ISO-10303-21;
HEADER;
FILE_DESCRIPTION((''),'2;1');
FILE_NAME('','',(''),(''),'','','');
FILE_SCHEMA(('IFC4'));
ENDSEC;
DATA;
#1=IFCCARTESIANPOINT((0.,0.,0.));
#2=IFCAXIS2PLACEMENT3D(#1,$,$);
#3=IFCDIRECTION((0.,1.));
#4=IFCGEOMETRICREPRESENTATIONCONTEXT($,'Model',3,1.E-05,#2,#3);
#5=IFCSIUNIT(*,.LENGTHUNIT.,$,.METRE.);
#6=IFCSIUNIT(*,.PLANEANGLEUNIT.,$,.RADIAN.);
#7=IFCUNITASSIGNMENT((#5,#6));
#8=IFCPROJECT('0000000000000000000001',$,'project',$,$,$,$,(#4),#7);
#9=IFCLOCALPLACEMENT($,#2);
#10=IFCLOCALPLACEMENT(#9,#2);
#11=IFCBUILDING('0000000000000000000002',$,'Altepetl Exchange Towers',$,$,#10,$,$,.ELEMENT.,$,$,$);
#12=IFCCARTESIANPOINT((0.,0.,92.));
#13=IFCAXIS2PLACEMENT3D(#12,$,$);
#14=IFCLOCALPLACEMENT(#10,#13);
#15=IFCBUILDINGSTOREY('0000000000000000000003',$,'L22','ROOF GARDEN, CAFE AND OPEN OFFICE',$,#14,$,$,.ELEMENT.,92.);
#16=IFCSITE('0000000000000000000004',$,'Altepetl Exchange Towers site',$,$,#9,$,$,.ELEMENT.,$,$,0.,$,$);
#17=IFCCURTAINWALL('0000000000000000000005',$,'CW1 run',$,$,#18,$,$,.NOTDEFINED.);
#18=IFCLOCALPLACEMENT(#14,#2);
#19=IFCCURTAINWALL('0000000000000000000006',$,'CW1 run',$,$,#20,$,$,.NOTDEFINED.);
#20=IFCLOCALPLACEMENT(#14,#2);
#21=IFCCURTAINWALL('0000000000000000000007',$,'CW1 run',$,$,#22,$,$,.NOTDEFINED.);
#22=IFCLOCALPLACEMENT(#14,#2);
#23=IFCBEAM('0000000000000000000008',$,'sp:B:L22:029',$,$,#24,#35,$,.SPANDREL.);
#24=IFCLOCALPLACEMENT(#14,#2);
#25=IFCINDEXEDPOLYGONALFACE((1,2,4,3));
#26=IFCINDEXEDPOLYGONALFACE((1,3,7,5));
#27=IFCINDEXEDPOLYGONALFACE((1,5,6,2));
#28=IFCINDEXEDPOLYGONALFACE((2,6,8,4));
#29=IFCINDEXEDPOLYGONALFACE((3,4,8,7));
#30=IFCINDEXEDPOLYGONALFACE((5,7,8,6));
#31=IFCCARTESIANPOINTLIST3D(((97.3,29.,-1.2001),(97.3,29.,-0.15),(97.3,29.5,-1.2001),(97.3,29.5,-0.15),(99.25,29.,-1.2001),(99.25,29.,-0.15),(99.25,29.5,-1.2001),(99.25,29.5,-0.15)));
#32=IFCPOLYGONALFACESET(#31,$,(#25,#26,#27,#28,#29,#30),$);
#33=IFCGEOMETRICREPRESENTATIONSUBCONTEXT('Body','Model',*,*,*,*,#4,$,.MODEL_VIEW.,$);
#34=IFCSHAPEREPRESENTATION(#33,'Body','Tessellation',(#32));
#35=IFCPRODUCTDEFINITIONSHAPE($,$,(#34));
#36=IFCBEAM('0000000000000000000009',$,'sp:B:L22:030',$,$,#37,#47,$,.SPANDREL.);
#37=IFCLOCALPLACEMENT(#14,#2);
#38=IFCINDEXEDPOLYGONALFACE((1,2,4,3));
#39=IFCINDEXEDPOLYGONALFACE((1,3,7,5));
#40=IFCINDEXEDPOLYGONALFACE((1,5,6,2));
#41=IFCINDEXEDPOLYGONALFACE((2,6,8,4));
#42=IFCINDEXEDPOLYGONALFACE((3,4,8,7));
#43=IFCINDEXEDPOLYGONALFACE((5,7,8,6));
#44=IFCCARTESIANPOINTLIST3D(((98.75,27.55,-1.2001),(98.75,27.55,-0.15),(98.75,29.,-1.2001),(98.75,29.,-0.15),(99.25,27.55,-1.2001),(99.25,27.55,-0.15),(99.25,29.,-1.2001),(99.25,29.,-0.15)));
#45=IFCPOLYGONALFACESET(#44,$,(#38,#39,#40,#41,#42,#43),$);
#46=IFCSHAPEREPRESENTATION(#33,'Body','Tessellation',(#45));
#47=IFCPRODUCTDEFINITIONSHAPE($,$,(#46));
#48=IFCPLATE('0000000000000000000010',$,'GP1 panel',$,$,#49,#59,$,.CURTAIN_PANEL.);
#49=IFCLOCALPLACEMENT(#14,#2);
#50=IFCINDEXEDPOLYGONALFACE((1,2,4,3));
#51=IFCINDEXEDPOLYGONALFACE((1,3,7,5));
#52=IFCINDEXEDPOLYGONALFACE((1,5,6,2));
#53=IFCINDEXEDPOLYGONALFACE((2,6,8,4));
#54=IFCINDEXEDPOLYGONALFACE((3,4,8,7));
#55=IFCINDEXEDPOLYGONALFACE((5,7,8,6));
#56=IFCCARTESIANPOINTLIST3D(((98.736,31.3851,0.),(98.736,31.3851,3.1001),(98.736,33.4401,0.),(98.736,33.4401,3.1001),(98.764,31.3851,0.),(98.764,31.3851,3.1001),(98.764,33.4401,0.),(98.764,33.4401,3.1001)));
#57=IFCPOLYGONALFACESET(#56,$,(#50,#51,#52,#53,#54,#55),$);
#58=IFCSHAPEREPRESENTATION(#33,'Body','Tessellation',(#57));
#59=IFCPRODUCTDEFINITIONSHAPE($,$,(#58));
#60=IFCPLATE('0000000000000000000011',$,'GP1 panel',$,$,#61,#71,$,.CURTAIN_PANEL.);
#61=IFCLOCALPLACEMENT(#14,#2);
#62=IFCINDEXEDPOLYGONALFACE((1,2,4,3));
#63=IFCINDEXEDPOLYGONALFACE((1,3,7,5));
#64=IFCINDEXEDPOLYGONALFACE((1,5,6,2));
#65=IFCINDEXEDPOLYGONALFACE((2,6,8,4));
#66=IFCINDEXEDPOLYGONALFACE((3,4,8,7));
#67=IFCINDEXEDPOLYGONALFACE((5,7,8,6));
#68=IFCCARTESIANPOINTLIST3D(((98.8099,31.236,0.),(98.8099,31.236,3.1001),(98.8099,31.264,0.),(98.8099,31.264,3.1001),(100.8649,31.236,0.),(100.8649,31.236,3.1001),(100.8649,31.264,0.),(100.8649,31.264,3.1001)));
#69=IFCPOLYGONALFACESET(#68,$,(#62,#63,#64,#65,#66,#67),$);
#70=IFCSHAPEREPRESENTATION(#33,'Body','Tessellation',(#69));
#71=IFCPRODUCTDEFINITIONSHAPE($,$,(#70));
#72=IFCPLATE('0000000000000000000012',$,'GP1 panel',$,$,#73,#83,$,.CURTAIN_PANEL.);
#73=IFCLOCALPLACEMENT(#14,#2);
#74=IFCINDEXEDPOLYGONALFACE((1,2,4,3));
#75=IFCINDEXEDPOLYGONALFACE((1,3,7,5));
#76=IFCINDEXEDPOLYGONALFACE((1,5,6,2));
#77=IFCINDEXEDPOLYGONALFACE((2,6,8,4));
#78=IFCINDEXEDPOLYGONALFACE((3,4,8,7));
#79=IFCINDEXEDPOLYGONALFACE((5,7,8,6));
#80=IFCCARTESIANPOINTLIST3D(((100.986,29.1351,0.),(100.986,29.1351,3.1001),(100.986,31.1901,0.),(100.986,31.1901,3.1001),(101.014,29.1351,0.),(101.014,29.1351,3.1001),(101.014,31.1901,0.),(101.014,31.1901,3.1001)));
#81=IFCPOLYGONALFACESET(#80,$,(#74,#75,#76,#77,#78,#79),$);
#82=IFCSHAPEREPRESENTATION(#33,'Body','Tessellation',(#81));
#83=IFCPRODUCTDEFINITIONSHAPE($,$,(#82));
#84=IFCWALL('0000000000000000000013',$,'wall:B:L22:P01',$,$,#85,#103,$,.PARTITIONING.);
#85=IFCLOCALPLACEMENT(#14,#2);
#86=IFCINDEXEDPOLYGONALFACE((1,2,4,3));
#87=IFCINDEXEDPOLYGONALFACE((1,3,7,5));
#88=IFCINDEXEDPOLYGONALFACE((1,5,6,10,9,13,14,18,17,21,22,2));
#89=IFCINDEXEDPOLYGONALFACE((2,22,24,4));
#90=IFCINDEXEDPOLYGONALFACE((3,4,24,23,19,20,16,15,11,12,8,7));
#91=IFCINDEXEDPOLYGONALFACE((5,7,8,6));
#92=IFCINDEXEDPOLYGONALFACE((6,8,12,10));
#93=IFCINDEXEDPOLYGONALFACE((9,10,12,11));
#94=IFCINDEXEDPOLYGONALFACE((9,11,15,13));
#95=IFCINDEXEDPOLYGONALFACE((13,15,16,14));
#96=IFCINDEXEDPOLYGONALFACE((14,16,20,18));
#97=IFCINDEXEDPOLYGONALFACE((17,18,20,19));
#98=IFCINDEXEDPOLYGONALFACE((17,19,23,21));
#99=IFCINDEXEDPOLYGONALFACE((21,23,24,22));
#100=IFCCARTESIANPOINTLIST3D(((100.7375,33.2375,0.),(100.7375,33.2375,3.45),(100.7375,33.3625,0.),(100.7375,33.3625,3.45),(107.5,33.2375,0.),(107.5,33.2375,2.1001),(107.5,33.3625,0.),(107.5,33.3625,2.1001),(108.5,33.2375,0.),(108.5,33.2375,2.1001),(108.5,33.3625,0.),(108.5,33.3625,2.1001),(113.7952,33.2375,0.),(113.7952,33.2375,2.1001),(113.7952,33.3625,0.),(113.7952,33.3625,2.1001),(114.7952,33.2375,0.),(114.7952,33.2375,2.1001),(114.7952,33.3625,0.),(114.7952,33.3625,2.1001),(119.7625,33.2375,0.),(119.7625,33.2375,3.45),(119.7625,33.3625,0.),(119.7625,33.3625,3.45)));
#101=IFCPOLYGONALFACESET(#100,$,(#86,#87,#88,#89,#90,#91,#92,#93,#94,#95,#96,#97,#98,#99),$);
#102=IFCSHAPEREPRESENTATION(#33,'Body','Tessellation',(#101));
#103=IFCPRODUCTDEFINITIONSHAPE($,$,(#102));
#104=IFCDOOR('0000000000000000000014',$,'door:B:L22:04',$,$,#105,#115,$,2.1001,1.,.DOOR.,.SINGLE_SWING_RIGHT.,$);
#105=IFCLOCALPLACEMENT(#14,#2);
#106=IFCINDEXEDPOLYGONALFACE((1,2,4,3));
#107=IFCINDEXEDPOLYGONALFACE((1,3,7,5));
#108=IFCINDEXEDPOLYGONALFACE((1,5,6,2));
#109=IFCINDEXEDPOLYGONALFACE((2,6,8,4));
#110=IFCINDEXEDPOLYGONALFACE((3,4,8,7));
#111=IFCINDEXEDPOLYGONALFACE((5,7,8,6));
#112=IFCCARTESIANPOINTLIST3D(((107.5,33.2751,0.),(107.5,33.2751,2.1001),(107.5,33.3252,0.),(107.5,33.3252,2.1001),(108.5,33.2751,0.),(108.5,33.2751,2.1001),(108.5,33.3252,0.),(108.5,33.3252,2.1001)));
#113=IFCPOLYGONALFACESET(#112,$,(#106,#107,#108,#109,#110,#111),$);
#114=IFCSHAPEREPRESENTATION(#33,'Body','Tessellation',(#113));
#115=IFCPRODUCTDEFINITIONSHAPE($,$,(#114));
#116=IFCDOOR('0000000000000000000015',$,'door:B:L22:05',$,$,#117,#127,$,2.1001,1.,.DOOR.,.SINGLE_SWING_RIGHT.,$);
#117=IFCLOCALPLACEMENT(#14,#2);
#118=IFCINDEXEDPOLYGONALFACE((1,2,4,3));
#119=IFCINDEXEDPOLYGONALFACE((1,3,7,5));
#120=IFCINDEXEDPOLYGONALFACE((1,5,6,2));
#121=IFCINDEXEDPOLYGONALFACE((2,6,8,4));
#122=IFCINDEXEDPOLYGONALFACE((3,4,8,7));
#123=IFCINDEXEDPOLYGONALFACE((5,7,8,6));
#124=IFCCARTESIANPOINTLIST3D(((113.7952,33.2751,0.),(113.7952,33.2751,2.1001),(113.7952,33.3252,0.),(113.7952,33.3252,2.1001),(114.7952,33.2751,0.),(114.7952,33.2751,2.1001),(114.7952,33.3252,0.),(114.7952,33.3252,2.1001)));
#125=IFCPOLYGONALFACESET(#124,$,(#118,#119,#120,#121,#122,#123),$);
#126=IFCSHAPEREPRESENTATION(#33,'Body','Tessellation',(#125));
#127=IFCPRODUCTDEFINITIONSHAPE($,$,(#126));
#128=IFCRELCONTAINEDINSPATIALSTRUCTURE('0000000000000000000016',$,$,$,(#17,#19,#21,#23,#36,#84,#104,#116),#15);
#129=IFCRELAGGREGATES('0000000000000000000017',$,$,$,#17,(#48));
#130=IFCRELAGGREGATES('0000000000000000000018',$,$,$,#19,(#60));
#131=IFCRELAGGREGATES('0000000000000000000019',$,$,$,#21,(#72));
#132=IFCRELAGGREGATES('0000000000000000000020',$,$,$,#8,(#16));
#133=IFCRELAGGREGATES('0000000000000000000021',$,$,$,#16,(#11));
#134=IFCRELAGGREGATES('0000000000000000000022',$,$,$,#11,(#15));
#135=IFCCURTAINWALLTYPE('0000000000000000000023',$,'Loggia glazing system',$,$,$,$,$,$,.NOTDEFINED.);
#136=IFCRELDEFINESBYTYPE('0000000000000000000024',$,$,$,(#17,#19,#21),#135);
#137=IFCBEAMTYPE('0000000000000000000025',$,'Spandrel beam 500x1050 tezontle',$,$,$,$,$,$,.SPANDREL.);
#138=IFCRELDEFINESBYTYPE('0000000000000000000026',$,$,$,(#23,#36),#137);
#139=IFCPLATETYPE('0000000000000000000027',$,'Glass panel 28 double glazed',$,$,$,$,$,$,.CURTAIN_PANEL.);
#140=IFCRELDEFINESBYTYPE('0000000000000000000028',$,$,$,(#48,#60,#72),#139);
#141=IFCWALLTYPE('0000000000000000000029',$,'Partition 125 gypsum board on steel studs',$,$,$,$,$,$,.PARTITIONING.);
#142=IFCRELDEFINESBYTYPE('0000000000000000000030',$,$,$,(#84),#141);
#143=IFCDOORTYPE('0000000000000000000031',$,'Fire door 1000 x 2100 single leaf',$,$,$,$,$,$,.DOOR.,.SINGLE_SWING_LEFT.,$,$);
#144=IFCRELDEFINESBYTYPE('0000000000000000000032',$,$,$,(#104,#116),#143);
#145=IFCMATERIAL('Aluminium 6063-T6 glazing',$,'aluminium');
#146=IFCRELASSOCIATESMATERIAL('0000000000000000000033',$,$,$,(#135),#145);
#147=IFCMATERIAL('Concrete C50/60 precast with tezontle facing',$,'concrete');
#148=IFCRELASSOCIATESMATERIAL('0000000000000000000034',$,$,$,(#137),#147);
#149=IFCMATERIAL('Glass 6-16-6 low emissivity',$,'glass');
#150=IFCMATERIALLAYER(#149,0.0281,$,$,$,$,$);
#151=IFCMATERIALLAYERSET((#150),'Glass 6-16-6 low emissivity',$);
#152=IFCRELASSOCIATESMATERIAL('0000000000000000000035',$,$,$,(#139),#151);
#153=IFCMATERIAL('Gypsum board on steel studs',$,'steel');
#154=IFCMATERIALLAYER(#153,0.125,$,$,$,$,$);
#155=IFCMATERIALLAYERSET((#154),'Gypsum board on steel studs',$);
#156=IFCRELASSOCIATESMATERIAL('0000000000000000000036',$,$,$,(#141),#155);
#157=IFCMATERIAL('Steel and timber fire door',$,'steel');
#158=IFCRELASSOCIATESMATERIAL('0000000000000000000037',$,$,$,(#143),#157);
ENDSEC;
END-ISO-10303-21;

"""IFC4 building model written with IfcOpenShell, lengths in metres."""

from ifc_helpers import new_model, si_unit, direction, frame, frame_2d, origin, origin_2d, place, context, subcontext, project, spatial, rectangle, extrude, material, layer, layer_set, material_profile, profile_set, type_object, element, fill, aggregate, save


model = new_model("IFC4")

# Units and contexts
model_context = context("Model", 3, precision=1e-05, world=origin(), true_north=direction((0.0, 1.0)))
body_context = subcontext(model_context, "Body", "Model", "MODEL_VIEW")
ifc_project = project(units=[si_unit("LENGTHUNIT", "METRE"), si_unit("PLANEANGLEUNIT", "RADIAN")], contexts=[model_context])

# Site, building, storey
site_placement = place(None, origin())
site = spatial("IfcSite", under=ifc_project, at=site_placement, Name="Altepetl Exchange Towers site", CompositionType="ELEMENT", RefElevation=0.0)
building_placement = place(site_placement, origin())
building = spatial("IfcBuilding", under=site, at=building_placement, Name="Altepetl Exchange Towers", CompositionType="ELEMENT")
storey_placement = place(building_placement, frame((0.0, 0.0, 92.0)))
storey = spatial("IfcBuildingStorey", under=building, at=storey_placement, Name="L22", Description="ROOF GARDEN, CAFE AND OPEN OFFICE", CompositionType="ELEMENT", Elevation=92.0)

# Curtain wall
ifc_material_1 = material(Name="Aluminium 6063-T6 glazing", Category="aluminium")
curtain_wall_type = type_object("IfcCurtainWallType", Name="Loggia glazing system", PredefinedType="NOTDEFINED", material=ifc_material_1)
curtain_wall_1_placement = place(storey_placement, origin())
curtain_wall_1 = element("IfcCurtainWall", 1, at=curtain_wall_1_placement, inside=storey, type_object=curtain_wall_type, Name="CW1 run", PredefinedType="NOTDEFINED")

# Curtain walls
curtain_wall_2_placement = place(storey_placement, origin())
curtain_wall_2 = element("IfcCurtainWall", 2, at=curtain_wall_2_placement, inside=storey, type_object=curtain_wall_type, Name="CW1 run", PredefinedType="NOTDEFINED")
curtain_wall_3_placement = place(storey_placement, origin())
curtain_wall_3 = element("IfcCurtainWall", 3, at=curtain_wall_3_placement, inside=storey, type_object=curtain_wall_type, Name="CW1 run", PredefinedType="NOTDEFINED")

# Beams
ifc_material_2 = material(Name="Concrete C50/60 precast with tezontle facing", Category="concrete")
ifc_material_profile_1 = material_profile(ifc_material_2, rectangle(XDim=0.5, YDim=1.05, at=origin_2d()), Name="500 x 1050")
ifc_profile_set_1 = profile_set([ifc_material_profile_1], Name="Concrete C50/60 precast with tezontle facing")
beam_type_1 = type_object("IfcBeamType", Name="Spandrel beam 500x1050 tezontle", PredefinedType="SPANDREL", material=ifc_profile_set_1)
beam_1_placement = place(storey_placement, frame((97.3, 29.25, -0.675), z_axis=(1.0, 0.0, 0.0), x_axis=(0.0, 1.0, 0.0)))
element("IfcBeam", 4, at=beam_1_placement, inside=storey, type_object=beam_type_1, Name="sp:B:L22:029", PredefinedType="SPANDREL", context=body_context, shape_type="SweptSolid", body=[
    extrude(rectangle(XDim=0.5, YDim=1.05, at=origin_2d()), origin(), (0.0, 0.0, 1.0), 1.95),
])
beam_2_placement = place(storey_placement, frame((99.0, 29.0, -0.675), z_axis=(0.0, -1.0, 0.0), x_axis=(1.0, 0.0, 0.0)))
element("IfcBeam", 5, at=beam_2_placement, inside=storey, type_object=beam_type_1, Name="sp:B:L22:030", PredefinedType="SPANDREL", context=body_context, shape_type="SweptSolid", body=[
    extrude(rectangle(XDim=0.5, YDim=1.05, at=origin_2d()), origin(), (0.0, 0.0, 1.0), 1.45),
])

# Plates
ifc_material_3 = material(Name="Glass 6-16-6 low emissivity", Category="glass")
ifc_layer_1 = layer(ifc_material_3, 0.0281)
ifc_layer_set_1 = layer_set([ifc_layer_1], Name="Glass 6-16-6 low emissivity")
plate_type = type_object("IfcPlateType", Name="Glass panel 28 double glazed", PredefinedType="CURTAIN_PANEL", material=ifc_layer_set_1)
plate_1_placement = place(storey_placement, frame((98.75, 32.4126, 0.0), z_axis=(0.0, 0.0, 1.0), x_axis=(0.0, -1.0, 0.0)))
plate_1 = element("IfcPlate", 6, at=plate_1_placement, type_object=plate_type, Name="GP1 panel", PredefinedType="CURTAIN_PANEL", context=body_context, shape_type="SweptSolid", body=[
    extrude(rectangle(XDim=2.0549, YDim=0.0281, at=origin_2d()), origin(), (0.0, 0.0, 1.0), 3.1001),
])
aggregate(curtain_wall_1, [plate_1])
plate_2_placement = place(storey_placement, frame((99.8374, 31.25, 0.0)))
plate_2 = element("IfcPlate", 7, at=plate_2_placement, type_object=plate_type, Name="GP1 panel", PredefinedType="CURTAIN_PANEL", context=body_context, shape_type="SweptSolid", body=[
    extrude(rectangle(XDim=2.0549, YDim=0.0281, at=origin_2d()), origin(), (0.0, 0.0, 1.0), 3.1001),
])
aggregate(curtain_wall_2, [plate_2])
plate_3_placement = place(storey_placement, frame((101.0, 30.1626, 0.0), z_axis=(0.0, 0.0, 1.0), x_axis=(0.0, -1.0, 0.0)))
plate_3 = element("IfcPlate", 8, at=plate_3_placement, type_object=plate_type, Name="GP1 panel", PredefinedType="CURTAIN_PANEL", context=body_context, shape_type="SweptSolid", body=[
    extrude(rectangle(XDim=2.0549, YDim=0.0281, at=origin_2d()), origin(), (0.0, 0.0, 1.0), 3.1001),
])
aggregate(curtain_wall_3, [plate_3])

# Wall, openings, doors
ifc_material_4 = material(Name="Gypsum board on steel studs", Category="steel")
ifc_layer_2 = layer(ifc_material_4, 0.125)
ifc_layer_set_2 = layer_set([ifc_layer_2], Name="Gypsum board on steel studs")
wall_type = type_object("IfcWallType", Name="Partition 125 gypsum board on steel studs", PredefinedType="PARTITIONING", material=ifc_layer_set_2)
wall_placement = place(storey_placement, frame((100.7375, 33.3, 0.0)))
wall = element("IfcWall", 9, at=wall_placement, inside=storey, type_object=wall_type, Name="wall:B:L22:P01", PredefinedType="PARTITIONING", context=body_context, shape_type="SweptSolid", body=[
    extrude(rectangle(XDim=19.0249, YDim=0.125, at=frame_2d((9.5125, 0.0))), origin(), (0.0, 0.0, 1.0), 3.45),
])
opening_1_placement = place(wall_placement, frame((6.7625, 0.0, 0.0)))
opening_1 = element("IfcOpeningElement", 10, at=opening_1_placement, cuts=wall, PredefinedType="OPENING", context=body_context, shape_type="SweptSolid", body=[
    extrude(rectangle(XDim=1.0, YDim=2.1001, at=frame_2d((0.5, 1.05))), frame((0.0, 0.0725, 0.0), z_axis=(0.0, -1.0, 0.0), x_axis=(1.0, 0.0, 0.0)), (0.0, 0.0, 1.0), 0.145),
])
opening_2_placement = place(wall_placement, frame((13.0576, 0.0, 0.0)))
opening_2 = element("IfcOpeningElement", 11, at=opening_2_placement, cuts=wall, PredefinedType="OPENING", context=body_context, shape_type="SweptSolid", body=[
    extrude(rectangle(XDim=1.0, YDim=2.1001, at=frame_2d((0.5, 1.05))), frame((0.0, 0.0725, 0.0), z_axis=(0.0, -1.0, 0.0), x_axis=(1.0, 0.0, 0.0)), (0.0, 0.0, 1.0), 0.145),
])
ifc_material_5 = material(Name="Steel and timber fire door", Category="steel")
door_type = type_object("IfcDoorType", Name="Fire door 1000 x 2100 single leaf", OperationType="SINGLE_SWING_LEFT", PredefinedType="DOOR", material=ifc_material_5)
door_1_placement = place(opening_1_placement, frame((1.0, 0.0, 0.0), x_axis=(-1.0, 0.0, 0.0)))
door_1 = element("IfcDoor", 12, at=door_1_placement, inside=storey, type_object=door_type, Name="door:B:L22:04", OperationType="SINGLE_SWING_RIGHT", OverallHeight=2.1001, OverallWidth=1.0, PredefinedType="DOOR", context=body_context, shape_type="SweptSolid", body=[
    extrude(rectangle(XDim=1.0, YDim=2.1001, at=frame_2d((0.5, 1.05))), frame((0.0, 0.0249, 0.0), z_axis=(0.0, -1.0, 0.0), x_axis=(1.0, 0.0, 0.0)), (0.0, 0.0, 1.0), 0.05),
])
fill(opening_1, door_1)
door_2_placement = place(opening_2_placement, frame((1.0, 0.0, 0.0), x_axis=(-1.0, 0.0, 0.0)))
door_2 = element("IfcDoor", 13, at=door_2_placement, inside=storey, type_object=door_type, Name="door:B:L22:05", OperationType="SINGLE_SWING_RIGHT", OverallHeight=2.1001, OverallWidth=1.0, PredefinedType="DOOR", context=body_context, shape_type="SweptSolid", body=[
    extrude(rectangle(XDim=1.0, YDim=2.1001, at=frame_2d((0.5, 1.05))), frame((0.0, 0.0249, 0.0), z_axis=(0.0, -1.0, 0.0), x_axis=(1.0, 0.0, 0.0)), (0.0, 0.0, 1.0), 0.05),
])
fill(opening_2, door_2)

save(model, "model.ifc")
